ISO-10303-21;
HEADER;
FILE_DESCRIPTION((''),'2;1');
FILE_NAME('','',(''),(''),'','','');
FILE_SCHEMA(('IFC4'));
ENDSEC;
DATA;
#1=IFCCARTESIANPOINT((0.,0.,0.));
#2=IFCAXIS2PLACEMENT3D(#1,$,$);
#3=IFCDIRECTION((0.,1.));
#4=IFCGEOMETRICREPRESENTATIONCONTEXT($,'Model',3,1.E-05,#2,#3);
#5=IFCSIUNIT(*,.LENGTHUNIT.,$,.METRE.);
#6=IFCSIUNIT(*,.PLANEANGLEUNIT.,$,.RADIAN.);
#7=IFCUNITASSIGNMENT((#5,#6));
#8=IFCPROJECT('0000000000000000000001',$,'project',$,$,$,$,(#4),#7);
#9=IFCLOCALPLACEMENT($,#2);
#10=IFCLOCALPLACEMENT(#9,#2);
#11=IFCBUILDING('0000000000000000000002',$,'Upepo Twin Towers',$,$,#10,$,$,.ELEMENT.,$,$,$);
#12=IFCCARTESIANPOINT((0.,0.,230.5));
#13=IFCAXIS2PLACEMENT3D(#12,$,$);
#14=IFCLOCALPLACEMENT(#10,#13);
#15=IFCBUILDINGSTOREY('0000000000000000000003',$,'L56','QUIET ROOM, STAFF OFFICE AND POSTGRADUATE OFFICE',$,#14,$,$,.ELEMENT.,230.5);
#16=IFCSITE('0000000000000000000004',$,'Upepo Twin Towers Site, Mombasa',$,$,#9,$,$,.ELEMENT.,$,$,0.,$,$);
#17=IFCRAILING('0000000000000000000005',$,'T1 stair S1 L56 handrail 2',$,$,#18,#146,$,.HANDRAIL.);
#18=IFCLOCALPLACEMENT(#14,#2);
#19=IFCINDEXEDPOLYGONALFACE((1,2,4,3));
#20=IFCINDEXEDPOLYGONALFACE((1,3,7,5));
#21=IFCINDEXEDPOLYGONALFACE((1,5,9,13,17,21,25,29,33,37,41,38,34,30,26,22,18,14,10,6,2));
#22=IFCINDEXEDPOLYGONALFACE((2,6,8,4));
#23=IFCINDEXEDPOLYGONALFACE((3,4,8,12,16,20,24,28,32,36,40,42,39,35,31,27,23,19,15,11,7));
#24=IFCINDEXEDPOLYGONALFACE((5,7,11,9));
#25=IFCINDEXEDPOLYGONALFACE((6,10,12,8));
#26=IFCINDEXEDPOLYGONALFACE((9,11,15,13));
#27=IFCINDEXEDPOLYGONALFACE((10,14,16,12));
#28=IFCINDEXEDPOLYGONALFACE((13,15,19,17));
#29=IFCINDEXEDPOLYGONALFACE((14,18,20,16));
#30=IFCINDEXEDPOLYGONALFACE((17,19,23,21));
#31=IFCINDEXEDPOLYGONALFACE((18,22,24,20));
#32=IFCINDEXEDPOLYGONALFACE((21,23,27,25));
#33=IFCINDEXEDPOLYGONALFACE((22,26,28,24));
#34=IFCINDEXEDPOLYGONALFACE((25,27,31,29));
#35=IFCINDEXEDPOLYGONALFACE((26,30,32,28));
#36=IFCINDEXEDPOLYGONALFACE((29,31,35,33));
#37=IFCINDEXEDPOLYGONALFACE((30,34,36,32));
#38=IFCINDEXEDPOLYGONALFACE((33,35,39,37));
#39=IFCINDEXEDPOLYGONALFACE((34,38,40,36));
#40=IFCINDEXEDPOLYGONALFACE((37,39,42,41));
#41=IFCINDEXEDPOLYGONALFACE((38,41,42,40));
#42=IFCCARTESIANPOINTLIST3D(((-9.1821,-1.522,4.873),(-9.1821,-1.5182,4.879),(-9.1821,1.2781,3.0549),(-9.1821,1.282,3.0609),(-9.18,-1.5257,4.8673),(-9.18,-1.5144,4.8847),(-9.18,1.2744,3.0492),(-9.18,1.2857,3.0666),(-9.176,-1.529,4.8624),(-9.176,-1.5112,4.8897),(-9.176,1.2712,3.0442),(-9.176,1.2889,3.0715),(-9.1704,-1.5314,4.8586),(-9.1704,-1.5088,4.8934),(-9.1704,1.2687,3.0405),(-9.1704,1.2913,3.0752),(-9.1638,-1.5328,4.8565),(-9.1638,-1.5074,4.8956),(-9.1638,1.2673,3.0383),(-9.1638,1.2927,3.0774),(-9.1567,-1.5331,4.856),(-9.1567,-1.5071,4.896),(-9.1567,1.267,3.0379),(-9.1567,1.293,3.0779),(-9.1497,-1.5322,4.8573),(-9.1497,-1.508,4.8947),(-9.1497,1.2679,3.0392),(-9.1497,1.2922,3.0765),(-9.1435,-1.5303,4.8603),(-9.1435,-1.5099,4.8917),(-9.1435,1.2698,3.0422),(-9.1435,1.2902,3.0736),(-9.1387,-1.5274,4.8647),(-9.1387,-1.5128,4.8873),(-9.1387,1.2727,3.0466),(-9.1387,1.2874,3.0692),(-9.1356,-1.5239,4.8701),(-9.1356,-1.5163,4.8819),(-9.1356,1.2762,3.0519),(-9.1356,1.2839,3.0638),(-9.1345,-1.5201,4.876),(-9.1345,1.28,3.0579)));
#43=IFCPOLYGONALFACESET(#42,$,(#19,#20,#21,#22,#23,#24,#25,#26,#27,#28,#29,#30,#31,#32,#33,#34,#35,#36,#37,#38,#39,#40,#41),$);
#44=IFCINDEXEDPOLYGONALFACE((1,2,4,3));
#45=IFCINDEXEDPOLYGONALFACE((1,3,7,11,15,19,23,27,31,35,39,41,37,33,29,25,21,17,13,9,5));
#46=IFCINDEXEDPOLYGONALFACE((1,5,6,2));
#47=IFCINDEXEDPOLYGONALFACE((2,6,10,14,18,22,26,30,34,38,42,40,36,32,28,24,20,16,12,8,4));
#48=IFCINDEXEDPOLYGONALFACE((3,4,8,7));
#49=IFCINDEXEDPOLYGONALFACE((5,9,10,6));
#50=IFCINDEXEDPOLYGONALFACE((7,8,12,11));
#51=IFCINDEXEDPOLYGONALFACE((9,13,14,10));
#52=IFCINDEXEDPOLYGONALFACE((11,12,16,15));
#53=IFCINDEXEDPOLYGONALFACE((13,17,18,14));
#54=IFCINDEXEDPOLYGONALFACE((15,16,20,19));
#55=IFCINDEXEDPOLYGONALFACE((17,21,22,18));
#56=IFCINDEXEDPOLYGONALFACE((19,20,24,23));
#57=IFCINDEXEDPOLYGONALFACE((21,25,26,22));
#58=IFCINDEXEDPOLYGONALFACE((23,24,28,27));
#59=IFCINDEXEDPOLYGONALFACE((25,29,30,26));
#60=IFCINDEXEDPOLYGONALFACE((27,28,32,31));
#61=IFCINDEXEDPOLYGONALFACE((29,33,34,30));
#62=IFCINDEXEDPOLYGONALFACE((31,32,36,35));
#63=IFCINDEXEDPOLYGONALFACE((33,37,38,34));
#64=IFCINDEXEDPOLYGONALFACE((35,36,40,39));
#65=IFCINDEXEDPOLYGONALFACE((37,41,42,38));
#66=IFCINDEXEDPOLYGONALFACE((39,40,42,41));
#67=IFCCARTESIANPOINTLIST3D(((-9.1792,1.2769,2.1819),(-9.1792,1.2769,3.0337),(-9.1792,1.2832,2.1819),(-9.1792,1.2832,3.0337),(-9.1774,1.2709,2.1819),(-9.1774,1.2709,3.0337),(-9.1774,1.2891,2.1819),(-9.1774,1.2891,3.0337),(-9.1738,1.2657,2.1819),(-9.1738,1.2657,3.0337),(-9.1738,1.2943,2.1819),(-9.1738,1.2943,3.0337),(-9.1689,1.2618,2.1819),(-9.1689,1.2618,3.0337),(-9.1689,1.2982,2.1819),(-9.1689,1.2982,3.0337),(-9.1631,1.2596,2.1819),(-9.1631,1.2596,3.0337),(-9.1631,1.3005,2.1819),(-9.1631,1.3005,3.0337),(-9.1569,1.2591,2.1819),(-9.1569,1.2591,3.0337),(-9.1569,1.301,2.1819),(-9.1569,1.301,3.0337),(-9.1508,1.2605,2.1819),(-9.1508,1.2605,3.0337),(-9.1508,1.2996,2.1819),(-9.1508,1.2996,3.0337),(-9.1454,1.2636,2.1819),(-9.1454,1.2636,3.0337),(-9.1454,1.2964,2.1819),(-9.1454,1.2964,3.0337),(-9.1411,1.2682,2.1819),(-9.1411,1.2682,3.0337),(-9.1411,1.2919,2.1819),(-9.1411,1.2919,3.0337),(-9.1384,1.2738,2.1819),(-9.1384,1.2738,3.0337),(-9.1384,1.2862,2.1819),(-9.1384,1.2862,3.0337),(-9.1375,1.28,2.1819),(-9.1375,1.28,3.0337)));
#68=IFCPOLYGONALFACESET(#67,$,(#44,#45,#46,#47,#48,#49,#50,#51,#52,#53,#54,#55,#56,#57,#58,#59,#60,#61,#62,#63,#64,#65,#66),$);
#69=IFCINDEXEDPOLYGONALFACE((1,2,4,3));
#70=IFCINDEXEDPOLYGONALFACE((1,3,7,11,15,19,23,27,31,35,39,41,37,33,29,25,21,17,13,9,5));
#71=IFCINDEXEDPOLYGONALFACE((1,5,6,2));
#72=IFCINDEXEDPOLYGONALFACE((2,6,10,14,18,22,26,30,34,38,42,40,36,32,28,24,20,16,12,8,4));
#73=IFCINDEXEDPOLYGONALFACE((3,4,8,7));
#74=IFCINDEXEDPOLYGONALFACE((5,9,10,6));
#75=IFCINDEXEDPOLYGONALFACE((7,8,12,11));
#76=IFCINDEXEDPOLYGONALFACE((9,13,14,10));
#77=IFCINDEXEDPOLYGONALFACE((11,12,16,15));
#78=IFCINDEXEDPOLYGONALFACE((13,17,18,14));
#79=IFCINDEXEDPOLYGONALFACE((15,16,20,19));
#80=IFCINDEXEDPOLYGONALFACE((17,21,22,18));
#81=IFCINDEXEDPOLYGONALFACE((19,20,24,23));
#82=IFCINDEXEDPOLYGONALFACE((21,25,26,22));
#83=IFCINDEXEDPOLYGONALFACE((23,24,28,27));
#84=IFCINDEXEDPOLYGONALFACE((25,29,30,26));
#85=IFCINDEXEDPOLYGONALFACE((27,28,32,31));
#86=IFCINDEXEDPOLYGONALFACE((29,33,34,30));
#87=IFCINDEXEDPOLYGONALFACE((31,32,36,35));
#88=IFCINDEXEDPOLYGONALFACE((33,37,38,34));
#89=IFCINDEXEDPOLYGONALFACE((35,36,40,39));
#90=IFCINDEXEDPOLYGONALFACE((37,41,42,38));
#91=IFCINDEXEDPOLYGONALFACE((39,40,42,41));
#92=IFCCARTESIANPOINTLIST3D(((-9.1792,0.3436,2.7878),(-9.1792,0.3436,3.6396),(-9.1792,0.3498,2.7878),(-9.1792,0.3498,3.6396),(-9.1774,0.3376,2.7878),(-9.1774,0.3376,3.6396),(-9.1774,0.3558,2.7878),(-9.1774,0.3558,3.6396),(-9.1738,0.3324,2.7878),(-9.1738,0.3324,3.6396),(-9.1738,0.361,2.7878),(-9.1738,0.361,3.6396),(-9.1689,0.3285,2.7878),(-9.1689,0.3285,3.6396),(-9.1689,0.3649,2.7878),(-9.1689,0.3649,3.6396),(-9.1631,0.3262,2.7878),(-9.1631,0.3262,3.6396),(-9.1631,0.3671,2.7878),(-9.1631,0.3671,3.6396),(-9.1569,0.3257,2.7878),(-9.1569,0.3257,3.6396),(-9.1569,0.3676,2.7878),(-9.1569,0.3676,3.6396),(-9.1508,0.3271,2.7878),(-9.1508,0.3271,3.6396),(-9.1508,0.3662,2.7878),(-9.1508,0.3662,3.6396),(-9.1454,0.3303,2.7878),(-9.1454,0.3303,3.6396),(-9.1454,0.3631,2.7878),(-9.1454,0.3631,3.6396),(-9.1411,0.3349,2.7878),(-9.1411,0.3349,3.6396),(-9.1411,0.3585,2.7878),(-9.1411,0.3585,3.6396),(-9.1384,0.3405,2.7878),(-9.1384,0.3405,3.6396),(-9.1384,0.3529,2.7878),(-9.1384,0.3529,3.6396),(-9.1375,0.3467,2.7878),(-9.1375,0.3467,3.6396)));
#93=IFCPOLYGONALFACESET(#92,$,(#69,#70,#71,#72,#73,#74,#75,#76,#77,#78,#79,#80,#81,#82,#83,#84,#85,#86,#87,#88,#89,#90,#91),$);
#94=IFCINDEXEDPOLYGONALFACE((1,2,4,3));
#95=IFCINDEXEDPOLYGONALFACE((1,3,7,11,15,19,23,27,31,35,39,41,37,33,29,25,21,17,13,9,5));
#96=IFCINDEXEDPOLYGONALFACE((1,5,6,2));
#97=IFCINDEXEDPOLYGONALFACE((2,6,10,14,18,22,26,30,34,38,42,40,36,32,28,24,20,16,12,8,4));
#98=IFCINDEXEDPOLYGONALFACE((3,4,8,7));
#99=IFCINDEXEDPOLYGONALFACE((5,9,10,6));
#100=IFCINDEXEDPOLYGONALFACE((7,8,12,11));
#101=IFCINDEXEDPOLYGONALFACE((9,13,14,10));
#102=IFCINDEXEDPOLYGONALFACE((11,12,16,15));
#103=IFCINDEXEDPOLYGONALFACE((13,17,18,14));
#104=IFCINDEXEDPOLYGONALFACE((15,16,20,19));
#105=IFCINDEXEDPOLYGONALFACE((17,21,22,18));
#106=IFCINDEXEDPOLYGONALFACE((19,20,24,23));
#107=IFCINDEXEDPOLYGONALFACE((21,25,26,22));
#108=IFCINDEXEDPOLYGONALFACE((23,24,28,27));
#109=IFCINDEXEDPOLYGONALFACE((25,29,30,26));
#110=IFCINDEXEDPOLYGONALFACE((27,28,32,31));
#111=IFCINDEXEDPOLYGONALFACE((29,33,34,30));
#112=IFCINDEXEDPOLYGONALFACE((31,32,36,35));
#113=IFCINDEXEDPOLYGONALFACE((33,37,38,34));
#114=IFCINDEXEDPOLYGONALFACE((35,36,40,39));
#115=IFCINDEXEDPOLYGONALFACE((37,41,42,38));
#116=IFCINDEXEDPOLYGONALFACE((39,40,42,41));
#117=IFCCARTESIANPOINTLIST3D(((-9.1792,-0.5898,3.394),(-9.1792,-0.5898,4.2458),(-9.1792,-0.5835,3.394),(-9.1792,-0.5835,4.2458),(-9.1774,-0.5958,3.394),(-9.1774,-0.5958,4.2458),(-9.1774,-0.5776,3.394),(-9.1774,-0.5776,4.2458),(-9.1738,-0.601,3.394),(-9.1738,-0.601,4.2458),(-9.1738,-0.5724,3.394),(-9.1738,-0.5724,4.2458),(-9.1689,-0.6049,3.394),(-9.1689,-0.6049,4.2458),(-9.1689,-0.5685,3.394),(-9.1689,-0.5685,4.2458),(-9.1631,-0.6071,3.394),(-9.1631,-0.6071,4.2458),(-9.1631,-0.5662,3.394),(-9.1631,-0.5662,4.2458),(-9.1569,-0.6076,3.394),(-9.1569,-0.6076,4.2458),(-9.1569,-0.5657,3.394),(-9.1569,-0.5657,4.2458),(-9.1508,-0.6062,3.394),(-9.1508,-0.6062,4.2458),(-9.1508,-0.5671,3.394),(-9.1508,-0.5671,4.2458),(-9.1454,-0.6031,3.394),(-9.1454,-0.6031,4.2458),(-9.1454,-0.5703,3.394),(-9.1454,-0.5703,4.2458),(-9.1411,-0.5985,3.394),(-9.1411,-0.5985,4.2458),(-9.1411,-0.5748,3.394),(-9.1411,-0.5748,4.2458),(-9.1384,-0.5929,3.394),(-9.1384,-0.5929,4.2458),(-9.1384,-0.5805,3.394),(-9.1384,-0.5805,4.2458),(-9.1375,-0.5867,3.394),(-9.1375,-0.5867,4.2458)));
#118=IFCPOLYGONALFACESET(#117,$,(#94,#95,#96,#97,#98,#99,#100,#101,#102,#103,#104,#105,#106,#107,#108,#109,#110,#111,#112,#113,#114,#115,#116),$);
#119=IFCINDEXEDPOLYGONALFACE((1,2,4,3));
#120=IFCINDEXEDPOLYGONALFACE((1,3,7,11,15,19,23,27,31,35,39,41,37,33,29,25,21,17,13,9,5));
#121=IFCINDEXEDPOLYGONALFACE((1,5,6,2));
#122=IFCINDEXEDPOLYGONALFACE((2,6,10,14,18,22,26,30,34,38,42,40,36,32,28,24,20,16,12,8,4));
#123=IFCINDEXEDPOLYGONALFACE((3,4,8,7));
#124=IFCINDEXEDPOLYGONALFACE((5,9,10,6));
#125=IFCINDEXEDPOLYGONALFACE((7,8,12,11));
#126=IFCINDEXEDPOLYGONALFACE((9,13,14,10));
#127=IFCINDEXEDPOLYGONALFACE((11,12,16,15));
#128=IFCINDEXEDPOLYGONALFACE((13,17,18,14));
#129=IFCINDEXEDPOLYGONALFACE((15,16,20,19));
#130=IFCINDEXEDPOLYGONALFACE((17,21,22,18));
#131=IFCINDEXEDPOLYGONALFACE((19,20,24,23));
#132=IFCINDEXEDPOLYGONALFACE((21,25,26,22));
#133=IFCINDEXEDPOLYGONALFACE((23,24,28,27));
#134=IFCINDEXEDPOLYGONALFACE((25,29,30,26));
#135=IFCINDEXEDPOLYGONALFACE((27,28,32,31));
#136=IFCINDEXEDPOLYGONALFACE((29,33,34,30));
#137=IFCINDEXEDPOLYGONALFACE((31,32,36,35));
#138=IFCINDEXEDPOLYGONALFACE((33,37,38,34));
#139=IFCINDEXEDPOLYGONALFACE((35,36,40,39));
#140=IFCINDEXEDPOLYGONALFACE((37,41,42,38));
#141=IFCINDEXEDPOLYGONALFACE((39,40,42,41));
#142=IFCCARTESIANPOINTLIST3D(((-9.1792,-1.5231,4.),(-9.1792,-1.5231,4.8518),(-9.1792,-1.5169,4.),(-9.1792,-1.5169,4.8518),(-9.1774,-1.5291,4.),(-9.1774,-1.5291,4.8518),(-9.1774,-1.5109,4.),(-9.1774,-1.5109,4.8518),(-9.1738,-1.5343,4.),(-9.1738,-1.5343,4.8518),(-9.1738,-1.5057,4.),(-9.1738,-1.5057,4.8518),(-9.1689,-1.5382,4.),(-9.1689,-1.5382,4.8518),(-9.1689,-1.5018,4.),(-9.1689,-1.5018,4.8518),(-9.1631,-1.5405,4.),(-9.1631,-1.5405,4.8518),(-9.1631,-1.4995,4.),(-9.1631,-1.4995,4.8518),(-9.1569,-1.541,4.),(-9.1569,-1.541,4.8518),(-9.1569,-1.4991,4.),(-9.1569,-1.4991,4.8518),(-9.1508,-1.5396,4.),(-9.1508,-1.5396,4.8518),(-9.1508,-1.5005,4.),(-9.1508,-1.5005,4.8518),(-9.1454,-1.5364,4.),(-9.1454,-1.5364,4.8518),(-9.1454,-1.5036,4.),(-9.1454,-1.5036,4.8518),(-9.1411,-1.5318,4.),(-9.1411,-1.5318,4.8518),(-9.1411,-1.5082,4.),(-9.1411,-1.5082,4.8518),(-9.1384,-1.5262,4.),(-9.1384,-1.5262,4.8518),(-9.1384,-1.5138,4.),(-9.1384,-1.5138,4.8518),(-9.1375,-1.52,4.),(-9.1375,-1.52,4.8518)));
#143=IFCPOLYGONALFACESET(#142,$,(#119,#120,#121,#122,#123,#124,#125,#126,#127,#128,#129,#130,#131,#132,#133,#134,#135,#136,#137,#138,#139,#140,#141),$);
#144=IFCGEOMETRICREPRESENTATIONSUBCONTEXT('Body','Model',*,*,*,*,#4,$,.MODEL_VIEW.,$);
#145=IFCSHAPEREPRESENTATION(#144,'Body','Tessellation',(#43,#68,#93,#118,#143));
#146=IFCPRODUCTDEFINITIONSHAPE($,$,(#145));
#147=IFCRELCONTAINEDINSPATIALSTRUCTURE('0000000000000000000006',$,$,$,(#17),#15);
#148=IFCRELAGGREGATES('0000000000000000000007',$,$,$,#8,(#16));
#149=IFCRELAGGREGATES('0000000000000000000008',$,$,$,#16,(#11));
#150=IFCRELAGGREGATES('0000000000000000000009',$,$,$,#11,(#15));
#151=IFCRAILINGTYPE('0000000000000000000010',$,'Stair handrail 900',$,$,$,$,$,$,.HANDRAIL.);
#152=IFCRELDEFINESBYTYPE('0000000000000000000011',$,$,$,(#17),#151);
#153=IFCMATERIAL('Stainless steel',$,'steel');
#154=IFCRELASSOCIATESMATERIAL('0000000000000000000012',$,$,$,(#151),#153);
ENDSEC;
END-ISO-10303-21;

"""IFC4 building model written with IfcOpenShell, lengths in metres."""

from ifc_helpers import new_model, si_unit, direction, frame, origin, origin_2d, place, context, subcontext, project, spatial, circle, extrude, material, type_object, element, save


model = new_model("IFC4")

# Units and contexts
model_context = context("Model", 3, precision=1e-05, world=origin(), true_north=direction((0.0, 1.0)))
body_context = subcontext(model_context, "Body", "Model", "MODEL_VIEW")
ifc_project = project(units=[si_unit("LENGTHUNIT", "METRE"), si_unit("PLANEANGLEUNIT", "RADIAN")], contexts=[model_context])

# Site, building, storey
site_placement = place(None, origin())
site = spatial("IfcSite", under=ifc_project, at=site_placement, Name="Upepo Twin Towers Site, Mombasa", CompositionType="ELEMENT", RefElevation=0.0)
building_placement = place(site_placement, origin())
building = spatial("IfcBuilding", under=site, at=building_placement, Name="Upepo Twin Towers", CompositionType="ELEMENT")
storey_placement = place(building_placement, frame((0.0, 0.0, 230.5)))
storey = spatial("IfcBuildingStorey", under=building, at=storey_placement, Name="L56", Description="QUIET ROOM, STAFF OFFICE AND POSTGRADUATE OFFICE", CompositionType="ELEMENT", Elevation=230.5)

# Railing
ifc_material_1 = material(Name="Stainless steel", Category="steel")
railing_type = type_object("IfcRailingType", Name="Stair handrail 900", PredefinedType="HANDRAIL", material=ifc_material_1)
railing_1_placement = place(storey_placement, frame((-9.1584, 1.28, 2.1819)))
element("IfcRailing", 1, at=railing_1_placement, inside=storey, type_object=railing_type, Name="T1 stair S1 L56 handrail 2", PredefinedType="HANDRAIL", context=body_context, shape_type="SweptSolid", body=[
    extrude(circle(Radius=0.0239, at=origin_2d()), frame((0.0, 0.0, 0.876), z_axis=(0.0, -0.838706, 0.544585), x_axis=(1.0, 0.0, 0.0)), (0.0, 0.0, 1.0), 3.3386),
    extrude(circle(Radius=0.021, at=origin_2d()), origin(), (0.0, 0.0, 1.0), 0.8518),
    extrude(circle(Radius=0.021, at=origin_2d()), frame((0.0, -0.9333, 0.606)), (0.0, 0.0, 1.0), 0.8518),
    extrude(circle(Radius=0.021, at=origin_2d()), frame((0.0, -1.8667, 1.2122)), (0.0, 0.0, 1.0), 0.8518),
    extrude(circle(Radius=0.021, at=origin_2d()), frame((0.0, -2.8, 1.8181)), (0.0, 0.0, 1.0), 0.8518),
])

save(model, "model.ifc")
